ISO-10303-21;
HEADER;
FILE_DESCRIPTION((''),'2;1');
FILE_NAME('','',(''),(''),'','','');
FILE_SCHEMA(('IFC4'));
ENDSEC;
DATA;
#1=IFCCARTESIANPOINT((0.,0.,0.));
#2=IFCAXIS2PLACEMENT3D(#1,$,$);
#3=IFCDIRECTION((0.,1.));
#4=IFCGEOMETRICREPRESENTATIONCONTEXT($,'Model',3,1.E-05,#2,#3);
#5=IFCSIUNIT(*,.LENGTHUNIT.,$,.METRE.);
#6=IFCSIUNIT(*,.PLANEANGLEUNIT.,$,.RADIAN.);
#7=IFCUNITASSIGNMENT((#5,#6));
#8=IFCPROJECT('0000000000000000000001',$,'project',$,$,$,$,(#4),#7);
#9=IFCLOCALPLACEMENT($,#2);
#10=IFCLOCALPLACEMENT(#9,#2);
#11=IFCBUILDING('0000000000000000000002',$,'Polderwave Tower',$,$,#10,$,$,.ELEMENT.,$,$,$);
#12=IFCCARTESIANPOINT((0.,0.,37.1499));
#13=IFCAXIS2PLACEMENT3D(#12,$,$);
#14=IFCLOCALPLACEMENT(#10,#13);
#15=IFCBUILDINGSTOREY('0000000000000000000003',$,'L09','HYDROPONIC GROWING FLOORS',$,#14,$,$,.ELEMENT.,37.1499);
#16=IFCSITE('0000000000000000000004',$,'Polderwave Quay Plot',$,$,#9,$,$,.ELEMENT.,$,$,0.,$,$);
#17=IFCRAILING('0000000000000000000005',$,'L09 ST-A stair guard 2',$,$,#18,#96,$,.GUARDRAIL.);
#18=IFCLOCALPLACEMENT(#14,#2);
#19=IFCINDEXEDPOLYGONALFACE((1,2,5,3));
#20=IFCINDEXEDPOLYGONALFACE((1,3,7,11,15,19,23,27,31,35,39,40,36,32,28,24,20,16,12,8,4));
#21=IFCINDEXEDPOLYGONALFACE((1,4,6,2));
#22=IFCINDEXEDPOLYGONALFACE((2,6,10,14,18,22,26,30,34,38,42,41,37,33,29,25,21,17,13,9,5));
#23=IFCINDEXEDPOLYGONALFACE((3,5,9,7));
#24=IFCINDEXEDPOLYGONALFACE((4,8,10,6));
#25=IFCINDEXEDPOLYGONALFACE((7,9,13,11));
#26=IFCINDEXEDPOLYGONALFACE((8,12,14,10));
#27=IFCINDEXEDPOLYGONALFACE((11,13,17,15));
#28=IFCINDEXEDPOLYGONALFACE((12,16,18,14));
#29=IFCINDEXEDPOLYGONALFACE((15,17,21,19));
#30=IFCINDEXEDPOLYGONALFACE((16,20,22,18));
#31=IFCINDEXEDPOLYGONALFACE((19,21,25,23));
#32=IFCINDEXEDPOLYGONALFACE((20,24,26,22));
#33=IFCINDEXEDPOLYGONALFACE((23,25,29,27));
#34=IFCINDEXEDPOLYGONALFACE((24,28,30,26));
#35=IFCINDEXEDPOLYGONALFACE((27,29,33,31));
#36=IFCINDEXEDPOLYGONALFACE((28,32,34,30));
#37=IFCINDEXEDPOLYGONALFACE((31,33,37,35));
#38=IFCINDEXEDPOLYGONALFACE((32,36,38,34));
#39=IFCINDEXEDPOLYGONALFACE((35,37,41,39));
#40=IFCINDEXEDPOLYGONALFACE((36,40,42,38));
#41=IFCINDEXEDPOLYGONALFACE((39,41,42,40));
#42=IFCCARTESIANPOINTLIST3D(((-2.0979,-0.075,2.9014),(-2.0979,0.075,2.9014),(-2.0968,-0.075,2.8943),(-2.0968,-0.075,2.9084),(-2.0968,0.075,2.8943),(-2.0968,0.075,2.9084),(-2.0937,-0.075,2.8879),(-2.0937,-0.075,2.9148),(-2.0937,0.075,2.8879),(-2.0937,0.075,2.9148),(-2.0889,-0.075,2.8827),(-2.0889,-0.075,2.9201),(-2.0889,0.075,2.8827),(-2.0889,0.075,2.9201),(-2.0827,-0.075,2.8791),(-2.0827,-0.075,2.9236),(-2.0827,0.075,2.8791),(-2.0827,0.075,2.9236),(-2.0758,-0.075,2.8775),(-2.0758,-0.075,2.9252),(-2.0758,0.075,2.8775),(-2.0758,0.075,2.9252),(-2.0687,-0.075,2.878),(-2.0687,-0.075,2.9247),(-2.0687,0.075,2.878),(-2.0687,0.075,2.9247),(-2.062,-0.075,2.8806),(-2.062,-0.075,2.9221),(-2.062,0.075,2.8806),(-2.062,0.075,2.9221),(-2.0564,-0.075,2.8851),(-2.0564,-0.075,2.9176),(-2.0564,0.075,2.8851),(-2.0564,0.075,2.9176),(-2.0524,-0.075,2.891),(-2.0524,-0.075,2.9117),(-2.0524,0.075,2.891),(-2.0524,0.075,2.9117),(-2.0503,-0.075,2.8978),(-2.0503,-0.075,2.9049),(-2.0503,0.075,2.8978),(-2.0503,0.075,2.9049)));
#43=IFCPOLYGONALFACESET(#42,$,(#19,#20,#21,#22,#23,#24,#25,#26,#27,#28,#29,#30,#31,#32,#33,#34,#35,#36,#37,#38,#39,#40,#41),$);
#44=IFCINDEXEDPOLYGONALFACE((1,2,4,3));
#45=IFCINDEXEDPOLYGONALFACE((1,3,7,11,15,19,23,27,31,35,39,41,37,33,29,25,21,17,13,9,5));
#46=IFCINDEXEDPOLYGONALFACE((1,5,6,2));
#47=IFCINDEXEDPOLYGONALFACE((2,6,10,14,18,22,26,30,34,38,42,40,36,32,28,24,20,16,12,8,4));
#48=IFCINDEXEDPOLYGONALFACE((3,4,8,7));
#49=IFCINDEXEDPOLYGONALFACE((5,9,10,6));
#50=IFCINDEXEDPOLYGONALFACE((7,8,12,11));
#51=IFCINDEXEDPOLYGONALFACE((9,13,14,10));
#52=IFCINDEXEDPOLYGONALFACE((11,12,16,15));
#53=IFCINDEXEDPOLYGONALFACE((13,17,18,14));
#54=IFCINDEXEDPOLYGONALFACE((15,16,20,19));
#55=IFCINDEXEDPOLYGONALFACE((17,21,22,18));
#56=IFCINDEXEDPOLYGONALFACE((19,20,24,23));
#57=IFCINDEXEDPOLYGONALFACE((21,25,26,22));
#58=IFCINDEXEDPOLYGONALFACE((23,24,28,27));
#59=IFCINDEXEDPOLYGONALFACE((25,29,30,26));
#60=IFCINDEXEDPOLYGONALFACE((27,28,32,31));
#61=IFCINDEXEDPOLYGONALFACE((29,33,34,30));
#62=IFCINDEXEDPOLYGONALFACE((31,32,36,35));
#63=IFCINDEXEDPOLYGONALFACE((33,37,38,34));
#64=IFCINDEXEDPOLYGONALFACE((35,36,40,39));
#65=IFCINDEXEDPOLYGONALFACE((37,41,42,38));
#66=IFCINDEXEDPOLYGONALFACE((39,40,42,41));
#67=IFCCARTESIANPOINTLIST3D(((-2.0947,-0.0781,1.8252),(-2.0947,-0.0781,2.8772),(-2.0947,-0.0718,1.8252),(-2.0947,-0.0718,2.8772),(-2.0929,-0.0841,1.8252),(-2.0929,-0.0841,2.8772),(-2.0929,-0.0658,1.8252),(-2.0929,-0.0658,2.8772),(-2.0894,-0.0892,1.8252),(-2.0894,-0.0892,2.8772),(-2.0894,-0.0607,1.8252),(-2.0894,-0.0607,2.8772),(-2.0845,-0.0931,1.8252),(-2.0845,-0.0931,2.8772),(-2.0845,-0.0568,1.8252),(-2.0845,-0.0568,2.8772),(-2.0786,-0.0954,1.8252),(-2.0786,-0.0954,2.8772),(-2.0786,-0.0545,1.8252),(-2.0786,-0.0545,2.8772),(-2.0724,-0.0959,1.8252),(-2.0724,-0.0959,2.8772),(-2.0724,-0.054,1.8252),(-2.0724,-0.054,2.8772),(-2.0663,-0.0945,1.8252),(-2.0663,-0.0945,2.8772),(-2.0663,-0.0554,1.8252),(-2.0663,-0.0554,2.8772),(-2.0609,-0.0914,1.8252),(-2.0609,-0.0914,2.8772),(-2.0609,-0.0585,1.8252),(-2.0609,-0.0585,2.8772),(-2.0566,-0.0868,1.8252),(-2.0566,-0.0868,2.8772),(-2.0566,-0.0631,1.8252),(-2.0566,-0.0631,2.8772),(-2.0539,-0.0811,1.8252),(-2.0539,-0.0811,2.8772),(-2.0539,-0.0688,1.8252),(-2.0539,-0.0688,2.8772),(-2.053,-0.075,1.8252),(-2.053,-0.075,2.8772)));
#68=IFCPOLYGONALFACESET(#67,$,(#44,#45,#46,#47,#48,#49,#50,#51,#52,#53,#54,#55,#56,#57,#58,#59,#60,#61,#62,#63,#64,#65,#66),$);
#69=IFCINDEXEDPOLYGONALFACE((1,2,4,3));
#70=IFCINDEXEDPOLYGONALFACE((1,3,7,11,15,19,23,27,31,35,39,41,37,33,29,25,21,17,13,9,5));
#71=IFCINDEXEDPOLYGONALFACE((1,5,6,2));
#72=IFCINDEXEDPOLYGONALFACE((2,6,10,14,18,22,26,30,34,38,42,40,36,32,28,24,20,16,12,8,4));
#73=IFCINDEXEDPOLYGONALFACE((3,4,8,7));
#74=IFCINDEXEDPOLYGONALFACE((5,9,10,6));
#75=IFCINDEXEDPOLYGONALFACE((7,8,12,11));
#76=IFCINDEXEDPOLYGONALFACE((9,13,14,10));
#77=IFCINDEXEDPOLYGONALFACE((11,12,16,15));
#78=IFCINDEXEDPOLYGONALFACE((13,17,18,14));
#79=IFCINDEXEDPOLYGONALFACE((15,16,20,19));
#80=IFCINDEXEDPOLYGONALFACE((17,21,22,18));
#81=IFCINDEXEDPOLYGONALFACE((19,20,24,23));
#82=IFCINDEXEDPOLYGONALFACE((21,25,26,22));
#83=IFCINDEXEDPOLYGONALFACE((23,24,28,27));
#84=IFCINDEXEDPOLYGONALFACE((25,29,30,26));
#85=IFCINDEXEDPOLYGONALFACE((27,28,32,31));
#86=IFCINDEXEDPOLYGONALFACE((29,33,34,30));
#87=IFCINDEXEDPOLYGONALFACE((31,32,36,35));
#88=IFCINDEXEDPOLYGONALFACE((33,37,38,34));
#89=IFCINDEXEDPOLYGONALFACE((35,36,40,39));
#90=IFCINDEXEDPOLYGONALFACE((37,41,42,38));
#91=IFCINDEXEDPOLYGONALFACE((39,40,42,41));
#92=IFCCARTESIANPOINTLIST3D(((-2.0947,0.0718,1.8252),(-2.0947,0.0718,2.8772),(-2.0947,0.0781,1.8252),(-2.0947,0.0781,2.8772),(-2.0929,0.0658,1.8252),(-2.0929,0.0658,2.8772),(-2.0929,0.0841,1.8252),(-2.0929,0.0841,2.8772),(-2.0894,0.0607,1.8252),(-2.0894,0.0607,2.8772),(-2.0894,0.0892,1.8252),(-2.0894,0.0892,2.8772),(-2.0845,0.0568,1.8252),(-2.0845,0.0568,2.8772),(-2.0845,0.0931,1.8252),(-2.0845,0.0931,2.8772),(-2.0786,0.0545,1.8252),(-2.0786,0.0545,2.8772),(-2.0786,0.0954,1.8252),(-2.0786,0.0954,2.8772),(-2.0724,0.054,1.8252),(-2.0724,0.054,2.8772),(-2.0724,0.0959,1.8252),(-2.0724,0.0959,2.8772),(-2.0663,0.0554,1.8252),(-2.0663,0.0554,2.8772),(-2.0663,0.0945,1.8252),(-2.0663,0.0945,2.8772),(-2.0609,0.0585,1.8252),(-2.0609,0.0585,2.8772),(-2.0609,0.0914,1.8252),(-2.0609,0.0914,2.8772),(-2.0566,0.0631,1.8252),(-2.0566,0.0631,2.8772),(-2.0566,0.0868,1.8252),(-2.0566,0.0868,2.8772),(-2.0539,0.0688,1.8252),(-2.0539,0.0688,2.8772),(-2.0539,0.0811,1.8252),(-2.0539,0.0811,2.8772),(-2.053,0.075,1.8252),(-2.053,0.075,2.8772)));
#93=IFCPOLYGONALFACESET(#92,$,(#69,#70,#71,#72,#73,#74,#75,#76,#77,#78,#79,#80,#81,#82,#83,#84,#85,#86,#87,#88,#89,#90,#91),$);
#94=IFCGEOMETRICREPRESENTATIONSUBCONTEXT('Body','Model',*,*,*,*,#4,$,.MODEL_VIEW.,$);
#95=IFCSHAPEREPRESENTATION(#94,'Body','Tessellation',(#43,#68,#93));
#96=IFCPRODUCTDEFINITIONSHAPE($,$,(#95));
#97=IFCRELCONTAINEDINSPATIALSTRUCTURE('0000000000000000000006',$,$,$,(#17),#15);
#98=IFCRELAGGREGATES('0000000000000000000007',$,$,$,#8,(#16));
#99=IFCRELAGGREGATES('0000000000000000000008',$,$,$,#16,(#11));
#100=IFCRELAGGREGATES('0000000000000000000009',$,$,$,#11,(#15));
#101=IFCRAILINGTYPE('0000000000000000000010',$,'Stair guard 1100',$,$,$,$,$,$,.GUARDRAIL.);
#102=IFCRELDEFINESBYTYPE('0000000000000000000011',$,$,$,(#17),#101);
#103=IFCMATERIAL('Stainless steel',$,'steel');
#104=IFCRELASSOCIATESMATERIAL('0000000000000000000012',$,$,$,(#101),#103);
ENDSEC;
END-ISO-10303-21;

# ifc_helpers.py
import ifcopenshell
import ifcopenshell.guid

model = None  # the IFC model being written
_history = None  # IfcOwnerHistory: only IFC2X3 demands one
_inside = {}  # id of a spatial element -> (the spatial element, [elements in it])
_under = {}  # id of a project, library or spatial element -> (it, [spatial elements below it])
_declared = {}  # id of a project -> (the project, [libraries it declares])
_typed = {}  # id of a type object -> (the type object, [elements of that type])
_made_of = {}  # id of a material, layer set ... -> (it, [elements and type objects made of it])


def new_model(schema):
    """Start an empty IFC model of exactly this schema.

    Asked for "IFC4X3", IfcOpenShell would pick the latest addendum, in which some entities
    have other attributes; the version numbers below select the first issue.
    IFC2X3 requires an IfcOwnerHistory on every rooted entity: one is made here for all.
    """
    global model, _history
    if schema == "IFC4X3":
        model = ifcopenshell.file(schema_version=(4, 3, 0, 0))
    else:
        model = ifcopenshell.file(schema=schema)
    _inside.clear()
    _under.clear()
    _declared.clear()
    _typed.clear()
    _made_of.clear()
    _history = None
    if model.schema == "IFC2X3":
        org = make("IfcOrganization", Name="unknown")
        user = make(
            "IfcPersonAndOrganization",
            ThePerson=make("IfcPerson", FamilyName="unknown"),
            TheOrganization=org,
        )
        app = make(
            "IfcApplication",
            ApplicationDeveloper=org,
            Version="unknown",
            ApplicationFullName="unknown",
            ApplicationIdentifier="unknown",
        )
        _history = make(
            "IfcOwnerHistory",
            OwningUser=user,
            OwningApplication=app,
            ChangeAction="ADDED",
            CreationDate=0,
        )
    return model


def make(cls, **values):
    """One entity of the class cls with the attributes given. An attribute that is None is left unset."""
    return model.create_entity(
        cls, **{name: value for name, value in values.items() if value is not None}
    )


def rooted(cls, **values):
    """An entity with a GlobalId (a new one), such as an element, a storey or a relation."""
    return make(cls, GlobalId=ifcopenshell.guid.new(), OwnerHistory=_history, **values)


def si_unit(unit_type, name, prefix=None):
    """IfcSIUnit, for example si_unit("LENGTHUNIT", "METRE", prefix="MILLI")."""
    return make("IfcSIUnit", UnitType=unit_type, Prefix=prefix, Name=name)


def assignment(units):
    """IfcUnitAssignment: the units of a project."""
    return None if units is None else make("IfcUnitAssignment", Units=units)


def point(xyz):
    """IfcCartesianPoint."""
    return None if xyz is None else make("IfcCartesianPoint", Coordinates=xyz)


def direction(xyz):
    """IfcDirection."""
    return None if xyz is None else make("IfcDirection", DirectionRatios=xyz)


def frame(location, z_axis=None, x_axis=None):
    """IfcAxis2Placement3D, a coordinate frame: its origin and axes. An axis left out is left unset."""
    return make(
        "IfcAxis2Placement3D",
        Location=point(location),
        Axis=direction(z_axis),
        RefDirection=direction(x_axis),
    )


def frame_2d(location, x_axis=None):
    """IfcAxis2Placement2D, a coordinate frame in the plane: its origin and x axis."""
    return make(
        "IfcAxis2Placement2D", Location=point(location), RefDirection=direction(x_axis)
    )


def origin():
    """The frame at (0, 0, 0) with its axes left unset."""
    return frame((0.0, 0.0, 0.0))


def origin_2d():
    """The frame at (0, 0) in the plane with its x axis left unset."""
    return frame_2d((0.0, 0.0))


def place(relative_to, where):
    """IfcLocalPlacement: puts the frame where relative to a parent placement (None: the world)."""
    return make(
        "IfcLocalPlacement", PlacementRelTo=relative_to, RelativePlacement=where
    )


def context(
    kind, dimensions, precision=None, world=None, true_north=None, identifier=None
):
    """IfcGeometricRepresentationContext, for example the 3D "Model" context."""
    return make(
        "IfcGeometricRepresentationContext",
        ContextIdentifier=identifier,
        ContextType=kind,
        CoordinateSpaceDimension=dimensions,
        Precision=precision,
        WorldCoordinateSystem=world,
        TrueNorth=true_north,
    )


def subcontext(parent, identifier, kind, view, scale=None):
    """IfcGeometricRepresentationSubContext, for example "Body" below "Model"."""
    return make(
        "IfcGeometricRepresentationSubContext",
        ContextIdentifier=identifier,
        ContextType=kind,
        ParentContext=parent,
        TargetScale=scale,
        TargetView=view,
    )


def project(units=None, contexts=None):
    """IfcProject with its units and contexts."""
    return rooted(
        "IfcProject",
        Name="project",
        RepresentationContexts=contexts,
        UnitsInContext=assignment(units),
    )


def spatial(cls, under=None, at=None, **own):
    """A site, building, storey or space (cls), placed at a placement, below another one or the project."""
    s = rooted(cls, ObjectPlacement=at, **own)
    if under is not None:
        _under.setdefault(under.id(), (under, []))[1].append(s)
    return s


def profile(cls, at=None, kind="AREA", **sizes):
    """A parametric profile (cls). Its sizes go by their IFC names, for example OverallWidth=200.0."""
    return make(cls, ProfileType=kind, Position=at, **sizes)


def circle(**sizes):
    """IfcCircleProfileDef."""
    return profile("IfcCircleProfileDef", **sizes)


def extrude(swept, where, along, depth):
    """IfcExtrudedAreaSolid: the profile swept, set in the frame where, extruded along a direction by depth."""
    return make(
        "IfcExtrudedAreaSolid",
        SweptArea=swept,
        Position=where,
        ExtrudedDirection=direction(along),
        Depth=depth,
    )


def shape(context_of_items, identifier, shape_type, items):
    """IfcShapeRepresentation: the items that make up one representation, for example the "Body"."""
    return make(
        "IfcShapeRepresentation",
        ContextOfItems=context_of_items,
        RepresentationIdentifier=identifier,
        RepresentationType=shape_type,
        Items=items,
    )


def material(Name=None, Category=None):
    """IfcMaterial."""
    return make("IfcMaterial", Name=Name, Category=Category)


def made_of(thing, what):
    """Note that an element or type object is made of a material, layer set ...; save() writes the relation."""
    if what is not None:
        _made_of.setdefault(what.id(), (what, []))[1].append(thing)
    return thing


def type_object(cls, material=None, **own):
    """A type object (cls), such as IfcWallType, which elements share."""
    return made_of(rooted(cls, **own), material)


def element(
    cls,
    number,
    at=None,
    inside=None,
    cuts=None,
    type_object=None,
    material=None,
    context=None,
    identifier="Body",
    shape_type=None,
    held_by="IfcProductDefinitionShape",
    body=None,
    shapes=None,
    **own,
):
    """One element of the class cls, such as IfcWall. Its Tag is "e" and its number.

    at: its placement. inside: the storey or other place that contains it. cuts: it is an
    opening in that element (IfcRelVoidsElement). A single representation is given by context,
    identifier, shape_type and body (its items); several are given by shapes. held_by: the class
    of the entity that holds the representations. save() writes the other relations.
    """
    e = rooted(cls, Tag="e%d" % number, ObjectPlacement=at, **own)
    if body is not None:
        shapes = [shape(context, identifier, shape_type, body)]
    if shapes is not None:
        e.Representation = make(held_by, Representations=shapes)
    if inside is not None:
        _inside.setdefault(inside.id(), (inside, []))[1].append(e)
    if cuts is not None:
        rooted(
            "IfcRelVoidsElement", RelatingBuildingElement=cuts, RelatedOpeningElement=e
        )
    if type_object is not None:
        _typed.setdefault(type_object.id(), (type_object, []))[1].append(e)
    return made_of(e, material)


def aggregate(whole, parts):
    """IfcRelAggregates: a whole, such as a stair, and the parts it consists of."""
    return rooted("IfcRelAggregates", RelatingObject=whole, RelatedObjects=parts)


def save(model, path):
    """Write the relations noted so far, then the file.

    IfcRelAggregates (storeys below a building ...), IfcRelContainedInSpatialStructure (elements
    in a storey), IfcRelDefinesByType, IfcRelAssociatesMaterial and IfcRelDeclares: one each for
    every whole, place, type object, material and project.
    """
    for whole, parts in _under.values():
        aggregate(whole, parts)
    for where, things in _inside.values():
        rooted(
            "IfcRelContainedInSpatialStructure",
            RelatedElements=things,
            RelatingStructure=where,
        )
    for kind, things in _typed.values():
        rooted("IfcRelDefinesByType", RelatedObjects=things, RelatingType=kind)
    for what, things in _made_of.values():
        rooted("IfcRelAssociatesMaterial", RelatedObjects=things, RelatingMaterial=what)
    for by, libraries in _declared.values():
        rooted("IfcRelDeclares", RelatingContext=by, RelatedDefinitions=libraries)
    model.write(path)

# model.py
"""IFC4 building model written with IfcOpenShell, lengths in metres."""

from ifc_helpers import new_model, si_unit, direction, frame, origin, origin_2d, place, context, subcontext, project, spatial, circle, extrude, material, type_object, element, save


model = new_model("IFC4")

# Units and contexts
model_context = context("Model", 3, precision=1e-05, world=origin(), true_north=direction((0.0, 1.0)))
body_context = subcontext(model_context, "Body", "Model", "MODEL_VIEW")
ifc_project = project(units=[si_unit("LENGTHUNIT", "METRE"), si_unit("PLANEANGLEUNIT", "RADIAN")], contexts=[model_context])

# Site, building, storey
site_placement = place(None, origin())
site = spatial("IfcSite", under=ifc_project, at=site_placement, Name="Polderwave Quay Plot", CompositionType="ELEMENT", RefElevation=0.0)
building_placement = place(site_placement, origin())
building = spatial("IfcBuilding", under=site, at=building_placement, Name="Polderwave Tower", CompositionType="ELEMENT")
storey_placement = place(building_placement, frame((0.0, 0.0, 37.1499)))
storey = spatial("IfcBuildingStorey", under=building, at=storey_placement, Name="L09", Description="HYDROPONIC GROWING FLOORS", CompositionType="ELEMENT", Elevation=37.1499)

# Railing
ifc_material_1 = material(Name="Stainless steel", Category="steel")
railing_type = type_object("IfcRailingType", Name="Stair guard 1100", PredefinedType="GUARDRAIL", material=ifc_material_1)
railing_1_placement = place(storey_placement, frame((-2.074, -0.075, 1.8252)))
element("IfcRailing", 1, at=railing_1_placement, inside=storey, type_object=railing_type, Name="L09 ST-A stair guard 2", PredefinedType="GUARDRAIL", context=body_context, shape_type="SweptSolid", body=[
    extrude(circle(Radius=0.0239, at=origin_2d()), frame((0.0, 0.0, 1.0762), z_axis=(0.0, 1.0, 0.0), x_axis=(-1.0, 0.0, 0.0)), (0.0, 0.0, 1.0), 0.1499),
    extrude(circle(Radius=0.021, at=origin_2d()), origin(), (0.0, 0.0, 1.0), 1.052),
    extrude(circle(Radius=0.021, at=origin_2d()), frame((0.0, 0.1499, 0.0)), (0.0, 0.0, 1.0), 1.052),
])

save(model, "model.ifc")
